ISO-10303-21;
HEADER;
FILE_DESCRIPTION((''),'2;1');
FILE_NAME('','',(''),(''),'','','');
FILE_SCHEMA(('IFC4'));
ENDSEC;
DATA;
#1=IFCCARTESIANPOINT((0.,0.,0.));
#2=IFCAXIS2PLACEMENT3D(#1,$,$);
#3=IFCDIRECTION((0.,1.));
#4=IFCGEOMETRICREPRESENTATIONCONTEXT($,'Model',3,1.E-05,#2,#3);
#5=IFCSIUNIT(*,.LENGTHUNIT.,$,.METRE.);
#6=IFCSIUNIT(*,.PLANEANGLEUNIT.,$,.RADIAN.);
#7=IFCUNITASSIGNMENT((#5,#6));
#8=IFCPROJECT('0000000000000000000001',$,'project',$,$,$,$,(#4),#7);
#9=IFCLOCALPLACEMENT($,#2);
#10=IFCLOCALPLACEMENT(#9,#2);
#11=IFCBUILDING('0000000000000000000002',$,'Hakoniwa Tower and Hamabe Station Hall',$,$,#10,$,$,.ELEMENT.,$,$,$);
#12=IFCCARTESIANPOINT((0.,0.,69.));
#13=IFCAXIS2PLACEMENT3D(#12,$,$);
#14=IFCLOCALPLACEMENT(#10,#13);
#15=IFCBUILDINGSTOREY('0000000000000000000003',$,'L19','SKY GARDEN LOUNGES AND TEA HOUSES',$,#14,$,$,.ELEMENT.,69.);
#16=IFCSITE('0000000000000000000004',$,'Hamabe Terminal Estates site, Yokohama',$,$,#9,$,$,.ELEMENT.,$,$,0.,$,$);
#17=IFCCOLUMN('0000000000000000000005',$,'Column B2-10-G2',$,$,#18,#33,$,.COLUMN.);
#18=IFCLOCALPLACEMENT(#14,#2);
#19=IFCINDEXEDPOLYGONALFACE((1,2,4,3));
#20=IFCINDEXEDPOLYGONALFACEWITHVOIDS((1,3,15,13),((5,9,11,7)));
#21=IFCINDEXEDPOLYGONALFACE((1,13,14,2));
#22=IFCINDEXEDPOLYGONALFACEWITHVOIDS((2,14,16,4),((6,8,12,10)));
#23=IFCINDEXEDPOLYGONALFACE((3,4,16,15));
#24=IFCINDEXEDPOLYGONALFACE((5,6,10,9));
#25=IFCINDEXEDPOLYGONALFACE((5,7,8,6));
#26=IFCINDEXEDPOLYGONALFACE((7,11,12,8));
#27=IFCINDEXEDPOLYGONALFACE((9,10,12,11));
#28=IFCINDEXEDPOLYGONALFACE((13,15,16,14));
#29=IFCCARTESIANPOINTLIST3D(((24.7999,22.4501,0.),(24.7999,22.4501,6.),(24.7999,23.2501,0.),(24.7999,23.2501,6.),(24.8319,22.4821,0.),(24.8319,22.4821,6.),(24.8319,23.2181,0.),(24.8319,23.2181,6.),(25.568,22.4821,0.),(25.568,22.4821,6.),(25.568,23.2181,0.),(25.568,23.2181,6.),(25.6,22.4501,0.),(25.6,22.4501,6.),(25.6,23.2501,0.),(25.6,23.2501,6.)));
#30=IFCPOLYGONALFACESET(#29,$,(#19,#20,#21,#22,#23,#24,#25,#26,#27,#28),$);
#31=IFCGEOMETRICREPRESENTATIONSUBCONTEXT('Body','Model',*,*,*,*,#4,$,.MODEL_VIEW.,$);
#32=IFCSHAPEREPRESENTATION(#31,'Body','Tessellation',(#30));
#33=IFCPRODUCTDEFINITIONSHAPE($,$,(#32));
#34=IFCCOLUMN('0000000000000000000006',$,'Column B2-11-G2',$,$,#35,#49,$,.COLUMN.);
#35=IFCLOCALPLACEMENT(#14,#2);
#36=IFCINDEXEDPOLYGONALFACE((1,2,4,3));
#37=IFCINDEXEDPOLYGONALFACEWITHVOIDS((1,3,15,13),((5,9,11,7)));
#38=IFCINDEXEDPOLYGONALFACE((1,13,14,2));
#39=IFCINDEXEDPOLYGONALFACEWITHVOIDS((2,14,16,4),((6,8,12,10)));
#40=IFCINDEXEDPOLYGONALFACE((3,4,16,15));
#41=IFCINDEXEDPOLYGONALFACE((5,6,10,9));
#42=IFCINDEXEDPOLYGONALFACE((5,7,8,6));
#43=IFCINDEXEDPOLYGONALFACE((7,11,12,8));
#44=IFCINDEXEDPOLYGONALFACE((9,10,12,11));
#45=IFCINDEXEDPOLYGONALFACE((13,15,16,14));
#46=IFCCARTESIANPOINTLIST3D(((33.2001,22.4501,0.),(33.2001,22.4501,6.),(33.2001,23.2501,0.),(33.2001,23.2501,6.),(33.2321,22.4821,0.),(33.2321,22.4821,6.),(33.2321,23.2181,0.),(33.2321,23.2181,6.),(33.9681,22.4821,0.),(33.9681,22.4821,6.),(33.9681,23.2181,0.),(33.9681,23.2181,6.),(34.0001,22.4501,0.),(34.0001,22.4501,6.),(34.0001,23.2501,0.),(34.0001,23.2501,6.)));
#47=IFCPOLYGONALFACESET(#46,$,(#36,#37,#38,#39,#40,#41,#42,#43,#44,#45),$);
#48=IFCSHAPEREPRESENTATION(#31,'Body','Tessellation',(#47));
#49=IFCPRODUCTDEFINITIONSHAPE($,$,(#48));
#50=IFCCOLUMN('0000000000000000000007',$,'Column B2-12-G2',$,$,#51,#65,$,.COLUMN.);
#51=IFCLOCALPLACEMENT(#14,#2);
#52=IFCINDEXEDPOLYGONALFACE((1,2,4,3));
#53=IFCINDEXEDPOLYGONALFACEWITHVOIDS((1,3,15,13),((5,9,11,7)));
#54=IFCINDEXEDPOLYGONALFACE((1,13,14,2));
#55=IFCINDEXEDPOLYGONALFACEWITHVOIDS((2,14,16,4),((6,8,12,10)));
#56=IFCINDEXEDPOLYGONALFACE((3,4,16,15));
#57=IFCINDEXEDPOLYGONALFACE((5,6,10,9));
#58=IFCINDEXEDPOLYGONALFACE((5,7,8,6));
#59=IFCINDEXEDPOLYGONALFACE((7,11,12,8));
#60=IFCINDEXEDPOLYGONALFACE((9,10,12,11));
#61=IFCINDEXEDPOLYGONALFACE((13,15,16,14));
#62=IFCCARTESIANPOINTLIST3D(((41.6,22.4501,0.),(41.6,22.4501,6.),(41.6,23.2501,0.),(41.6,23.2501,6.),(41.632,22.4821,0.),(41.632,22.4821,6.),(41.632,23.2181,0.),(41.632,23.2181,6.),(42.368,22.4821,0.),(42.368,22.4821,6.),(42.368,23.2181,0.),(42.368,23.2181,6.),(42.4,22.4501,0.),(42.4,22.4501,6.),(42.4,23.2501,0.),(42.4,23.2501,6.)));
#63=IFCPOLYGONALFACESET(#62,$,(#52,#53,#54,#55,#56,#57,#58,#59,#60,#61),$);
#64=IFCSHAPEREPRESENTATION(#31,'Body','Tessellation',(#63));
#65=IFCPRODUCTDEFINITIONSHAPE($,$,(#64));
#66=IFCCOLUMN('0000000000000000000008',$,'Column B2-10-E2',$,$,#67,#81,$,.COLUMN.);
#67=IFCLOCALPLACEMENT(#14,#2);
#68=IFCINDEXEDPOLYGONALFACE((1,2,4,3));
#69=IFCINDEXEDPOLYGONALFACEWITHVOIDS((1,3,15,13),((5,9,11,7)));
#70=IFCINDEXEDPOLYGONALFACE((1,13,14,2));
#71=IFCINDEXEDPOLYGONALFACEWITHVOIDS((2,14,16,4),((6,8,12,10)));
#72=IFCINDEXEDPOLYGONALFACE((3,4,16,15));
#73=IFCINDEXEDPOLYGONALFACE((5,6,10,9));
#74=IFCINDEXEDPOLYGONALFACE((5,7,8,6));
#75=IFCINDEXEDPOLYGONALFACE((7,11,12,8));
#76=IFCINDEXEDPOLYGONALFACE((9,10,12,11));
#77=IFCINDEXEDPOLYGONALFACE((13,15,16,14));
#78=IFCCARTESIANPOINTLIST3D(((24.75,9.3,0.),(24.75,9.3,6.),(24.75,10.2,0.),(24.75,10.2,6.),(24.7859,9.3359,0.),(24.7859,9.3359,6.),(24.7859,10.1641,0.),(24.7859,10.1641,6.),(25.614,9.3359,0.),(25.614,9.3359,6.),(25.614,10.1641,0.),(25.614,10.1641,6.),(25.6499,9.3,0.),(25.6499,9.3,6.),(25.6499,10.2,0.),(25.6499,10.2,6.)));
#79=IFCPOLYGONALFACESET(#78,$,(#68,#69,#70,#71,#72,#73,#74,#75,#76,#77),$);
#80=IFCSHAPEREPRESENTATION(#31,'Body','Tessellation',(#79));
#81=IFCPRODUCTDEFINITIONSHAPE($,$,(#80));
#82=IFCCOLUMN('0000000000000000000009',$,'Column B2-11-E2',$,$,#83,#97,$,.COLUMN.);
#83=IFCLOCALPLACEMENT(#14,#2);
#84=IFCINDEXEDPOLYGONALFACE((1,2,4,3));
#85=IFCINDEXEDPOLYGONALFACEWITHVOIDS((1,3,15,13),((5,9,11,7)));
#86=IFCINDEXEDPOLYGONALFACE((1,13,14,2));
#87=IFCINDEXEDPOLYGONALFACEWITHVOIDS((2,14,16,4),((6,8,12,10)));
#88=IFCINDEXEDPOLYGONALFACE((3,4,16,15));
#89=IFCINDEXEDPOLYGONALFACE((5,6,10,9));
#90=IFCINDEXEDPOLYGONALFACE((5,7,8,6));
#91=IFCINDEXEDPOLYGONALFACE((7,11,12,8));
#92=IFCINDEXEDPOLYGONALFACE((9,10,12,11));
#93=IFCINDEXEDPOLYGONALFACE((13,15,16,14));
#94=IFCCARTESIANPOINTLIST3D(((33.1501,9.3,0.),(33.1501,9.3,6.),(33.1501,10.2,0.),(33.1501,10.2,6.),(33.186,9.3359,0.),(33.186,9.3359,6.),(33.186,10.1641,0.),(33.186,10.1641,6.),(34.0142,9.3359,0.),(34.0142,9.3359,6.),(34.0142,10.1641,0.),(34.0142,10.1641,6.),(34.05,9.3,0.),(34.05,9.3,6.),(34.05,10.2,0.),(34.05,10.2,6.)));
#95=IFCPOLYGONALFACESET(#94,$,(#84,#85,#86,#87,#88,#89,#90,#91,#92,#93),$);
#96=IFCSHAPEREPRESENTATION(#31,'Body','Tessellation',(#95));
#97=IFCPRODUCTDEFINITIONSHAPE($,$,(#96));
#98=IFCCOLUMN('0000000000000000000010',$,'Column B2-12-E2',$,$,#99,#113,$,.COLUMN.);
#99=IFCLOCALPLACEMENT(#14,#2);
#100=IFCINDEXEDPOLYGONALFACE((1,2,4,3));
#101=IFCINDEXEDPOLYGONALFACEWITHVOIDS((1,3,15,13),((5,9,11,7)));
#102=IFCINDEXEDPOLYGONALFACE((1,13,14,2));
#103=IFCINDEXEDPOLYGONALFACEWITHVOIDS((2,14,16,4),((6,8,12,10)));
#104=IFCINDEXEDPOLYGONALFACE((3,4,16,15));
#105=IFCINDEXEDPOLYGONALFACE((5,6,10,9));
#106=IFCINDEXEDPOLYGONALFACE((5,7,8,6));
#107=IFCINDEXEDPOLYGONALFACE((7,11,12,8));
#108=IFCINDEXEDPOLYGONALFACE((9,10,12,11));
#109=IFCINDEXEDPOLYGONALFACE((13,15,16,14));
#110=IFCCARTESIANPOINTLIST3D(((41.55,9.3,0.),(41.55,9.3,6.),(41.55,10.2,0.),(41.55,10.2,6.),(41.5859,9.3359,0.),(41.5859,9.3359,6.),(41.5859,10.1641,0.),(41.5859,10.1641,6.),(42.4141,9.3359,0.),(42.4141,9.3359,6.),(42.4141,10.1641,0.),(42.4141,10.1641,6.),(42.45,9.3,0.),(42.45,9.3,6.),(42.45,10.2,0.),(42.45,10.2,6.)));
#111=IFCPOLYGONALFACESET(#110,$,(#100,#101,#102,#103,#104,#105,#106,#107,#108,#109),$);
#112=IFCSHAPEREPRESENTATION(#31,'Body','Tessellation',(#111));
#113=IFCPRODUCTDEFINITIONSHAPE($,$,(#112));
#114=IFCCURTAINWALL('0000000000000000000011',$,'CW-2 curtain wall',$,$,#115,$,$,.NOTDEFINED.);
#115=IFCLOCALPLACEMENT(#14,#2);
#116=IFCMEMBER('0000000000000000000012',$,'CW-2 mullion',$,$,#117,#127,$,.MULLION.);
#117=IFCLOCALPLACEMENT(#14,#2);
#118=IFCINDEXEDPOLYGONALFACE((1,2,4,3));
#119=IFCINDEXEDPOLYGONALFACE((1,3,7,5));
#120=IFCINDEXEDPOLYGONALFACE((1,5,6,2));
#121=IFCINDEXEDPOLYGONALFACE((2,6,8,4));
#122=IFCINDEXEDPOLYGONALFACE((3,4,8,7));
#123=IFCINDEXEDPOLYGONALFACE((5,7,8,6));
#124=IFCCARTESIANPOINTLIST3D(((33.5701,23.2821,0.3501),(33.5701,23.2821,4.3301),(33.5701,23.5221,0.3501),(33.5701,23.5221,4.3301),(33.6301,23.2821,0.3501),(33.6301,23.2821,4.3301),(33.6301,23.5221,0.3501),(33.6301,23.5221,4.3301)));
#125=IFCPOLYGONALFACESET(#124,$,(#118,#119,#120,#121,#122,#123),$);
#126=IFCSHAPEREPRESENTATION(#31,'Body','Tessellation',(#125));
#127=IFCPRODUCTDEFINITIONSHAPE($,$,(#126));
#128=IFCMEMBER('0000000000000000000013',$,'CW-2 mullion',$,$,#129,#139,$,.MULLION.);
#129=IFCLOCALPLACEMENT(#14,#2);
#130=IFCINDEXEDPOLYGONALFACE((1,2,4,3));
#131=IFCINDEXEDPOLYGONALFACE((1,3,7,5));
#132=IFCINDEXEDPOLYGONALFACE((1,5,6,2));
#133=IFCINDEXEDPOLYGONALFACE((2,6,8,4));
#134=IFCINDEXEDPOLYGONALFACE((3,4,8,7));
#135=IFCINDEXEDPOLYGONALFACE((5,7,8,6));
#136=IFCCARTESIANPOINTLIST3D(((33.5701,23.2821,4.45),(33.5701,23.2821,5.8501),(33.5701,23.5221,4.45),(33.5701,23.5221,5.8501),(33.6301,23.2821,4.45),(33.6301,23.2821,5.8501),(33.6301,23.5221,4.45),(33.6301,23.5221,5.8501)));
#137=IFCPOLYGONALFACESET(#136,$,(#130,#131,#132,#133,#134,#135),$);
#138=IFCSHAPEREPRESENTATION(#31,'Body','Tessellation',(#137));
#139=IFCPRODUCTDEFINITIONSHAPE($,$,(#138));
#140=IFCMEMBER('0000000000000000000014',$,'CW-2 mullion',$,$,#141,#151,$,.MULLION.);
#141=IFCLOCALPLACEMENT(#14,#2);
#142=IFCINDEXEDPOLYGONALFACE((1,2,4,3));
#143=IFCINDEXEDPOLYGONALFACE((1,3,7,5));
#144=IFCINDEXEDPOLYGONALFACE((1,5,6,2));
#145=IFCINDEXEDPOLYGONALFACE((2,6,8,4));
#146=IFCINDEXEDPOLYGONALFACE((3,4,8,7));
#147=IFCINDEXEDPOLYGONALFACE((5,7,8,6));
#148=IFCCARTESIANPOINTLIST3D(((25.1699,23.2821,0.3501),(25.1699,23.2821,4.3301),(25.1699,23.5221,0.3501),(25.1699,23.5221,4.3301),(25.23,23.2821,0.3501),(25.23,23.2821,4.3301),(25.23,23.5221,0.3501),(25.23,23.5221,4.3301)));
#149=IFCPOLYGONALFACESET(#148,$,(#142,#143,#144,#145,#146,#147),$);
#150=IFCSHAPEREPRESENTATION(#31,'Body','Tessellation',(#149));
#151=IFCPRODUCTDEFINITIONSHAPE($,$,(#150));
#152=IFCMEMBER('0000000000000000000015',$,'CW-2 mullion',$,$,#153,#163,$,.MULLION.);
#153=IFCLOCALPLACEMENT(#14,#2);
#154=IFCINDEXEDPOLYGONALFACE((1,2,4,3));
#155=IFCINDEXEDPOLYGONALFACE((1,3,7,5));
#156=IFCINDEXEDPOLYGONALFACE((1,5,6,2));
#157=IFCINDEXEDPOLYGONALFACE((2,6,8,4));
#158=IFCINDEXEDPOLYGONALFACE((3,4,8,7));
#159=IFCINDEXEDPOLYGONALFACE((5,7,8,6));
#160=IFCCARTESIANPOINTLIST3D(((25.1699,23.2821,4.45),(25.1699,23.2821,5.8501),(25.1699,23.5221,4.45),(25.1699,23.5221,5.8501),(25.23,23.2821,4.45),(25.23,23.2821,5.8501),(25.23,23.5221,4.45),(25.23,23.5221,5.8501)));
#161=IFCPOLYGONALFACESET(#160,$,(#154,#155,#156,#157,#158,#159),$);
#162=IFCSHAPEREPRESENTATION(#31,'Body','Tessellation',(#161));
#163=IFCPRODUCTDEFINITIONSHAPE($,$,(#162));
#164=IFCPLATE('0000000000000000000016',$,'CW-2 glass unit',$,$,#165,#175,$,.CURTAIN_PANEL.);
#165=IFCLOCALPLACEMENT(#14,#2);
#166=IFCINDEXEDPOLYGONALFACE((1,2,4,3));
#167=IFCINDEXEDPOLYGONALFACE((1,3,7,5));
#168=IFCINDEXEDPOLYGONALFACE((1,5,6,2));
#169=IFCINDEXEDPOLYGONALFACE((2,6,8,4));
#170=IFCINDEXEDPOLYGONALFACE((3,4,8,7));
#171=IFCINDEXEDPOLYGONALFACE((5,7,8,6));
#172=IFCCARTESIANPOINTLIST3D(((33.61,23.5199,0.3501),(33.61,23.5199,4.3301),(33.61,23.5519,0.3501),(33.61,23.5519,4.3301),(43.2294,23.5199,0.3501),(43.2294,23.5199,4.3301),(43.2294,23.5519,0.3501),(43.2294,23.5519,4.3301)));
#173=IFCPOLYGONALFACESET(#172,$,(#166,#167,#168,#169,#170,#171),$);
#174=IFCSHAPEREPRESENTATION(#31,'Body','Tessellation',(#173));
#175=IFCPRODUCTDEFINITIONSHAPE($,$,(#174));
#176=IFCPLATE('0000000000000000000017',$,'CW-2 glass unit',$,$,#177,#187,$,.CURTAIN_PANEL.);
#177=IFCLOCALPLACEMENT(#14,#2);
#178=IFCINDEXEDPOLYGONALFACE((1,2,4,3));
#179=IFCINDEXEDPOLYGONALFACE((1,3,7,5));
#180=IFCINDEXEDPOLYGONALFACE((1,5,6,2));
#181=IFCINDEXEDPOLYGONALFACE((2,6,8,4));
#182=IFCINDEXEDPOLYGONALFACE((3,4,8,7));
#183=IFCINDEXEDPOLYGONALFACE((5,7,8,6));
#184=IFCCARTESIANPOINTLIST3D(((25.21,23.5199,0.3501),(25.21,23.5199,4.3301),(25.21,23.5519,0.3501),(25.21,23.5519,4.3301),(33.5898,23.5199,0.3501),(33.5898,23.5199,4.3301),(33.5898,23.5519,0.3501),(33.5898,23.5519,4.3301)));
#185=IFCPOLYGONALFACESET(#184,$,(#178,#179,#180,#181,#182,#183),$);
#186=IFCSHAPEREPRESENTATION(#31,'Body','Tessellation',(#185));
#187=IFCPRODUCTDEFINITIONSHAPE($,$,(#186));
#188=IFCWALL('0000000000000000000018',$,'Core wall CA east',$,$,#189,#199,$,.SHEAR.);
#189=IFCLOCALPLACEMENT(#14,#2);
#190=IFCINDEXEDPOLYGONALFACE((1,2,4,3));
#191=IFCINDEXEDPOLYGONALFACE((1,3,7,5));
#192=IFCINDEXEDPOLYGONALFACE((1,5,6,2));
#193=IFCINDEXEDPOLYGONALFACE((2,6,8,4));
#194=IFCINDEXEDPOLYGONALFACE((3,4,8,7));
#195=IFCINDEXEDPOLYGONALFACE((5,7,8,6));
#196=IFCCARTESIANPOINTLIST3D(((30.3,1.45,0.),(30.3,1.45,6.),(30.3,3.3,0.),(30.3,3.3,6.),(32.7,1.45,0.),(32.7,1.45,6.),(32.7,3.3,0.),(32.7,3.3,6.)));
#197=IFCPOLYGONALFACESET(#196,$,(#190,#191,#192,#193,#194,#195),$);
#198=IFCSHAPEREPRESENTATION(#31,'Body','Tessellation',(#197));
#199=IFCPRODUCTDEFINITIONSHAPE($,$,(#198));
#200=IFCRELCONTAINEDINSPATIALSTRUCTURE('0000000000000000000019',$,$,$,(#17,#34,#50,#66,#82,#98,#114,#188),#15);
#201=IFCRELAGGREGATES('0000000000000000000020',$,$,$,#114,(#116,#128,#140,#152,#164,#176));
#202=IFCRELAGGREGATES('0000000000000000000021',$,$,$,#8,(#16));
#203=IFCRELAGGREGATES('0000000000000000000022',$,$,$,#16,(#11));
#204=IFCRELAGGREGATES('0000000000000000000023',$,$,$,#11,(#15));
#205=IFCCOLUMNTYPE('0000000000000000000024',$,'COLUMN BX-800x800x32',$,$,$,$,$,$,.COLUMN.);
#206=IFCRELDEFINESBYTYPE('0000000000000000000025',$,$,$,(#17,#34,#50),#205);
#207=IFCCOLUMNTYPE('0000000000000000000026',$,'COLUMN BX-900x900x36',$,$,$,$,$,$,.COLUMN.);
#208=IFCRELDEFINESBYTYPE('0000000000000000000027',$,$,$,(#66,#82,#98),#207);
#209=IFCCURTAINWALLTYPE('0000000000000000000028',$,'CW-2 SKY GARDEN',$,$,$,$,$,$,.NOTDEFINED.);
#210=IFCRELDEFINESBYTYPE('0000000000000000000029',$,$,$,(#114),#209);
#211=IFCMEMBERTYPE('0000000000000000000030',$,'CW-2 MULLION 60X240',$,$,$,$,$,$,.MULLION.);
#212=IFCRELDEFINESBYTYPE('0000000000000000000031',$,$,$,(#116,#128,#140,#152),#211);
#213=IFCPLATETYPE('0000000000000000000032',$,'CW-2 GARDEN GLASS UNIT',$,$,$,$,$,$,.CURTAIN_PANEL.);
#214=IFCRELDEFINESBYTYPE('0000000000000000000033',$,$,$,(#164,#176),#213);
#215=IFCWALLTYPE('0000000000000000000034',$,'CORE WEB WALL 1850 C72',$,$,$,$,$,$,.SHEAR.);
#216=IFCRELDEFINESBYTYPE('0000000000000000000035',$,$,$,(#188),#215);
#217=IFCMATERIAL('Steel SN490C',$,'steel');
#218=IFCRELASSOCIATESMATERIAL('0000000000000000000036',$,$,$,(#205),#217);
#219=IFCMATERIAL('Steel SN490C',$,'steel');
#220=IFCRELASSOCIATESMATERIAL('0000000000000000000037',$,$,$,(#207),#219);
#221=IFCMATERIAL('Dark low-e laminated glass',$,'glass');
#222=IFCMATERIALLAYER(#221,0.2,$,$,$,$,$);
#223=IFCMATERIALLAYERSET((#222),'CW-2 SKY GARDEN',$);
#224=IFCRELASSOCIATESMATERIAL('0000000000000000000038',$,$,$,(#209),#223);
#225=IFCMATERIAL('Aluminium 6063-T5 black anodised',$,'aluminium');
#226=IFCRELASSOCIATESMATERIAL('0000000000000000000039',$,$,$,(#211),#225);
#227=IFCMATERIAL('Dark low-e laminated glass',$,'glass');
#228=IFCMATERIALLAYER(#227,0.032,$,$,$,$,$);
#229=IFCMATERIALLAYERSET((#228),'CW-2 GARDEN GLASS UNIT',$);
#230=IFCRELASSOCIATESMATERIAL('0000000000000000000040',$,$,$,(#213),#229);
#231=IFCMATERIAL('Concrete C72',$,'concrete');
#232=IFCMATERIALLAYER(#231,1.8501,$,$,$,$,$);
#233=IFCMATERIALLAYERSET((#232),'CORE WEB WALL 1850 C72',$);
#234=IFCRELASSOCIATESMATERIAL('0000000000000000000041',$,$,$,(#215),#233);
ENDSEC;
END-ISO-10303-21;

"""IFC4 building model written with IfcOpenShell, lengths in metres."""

from ifc_helpers import new_model, si_unit, direction, frame, frame_2d, origin, origin_2d, place, context, subcontext, project, spatial, rectangle, hollow_rectangle, extrude, material, layer, layer_set, material_profile, profile_set, type_object, element, aggregate, save


model = new_model("IFC4")

# Units and contexts
model_context = context("Model", 3, precision=1e-05, world=origin(), true_north=direction((0.0, 1.0)))
body_context = subcontext(model_context, "Body", "Model", "MODEL_VIEW")
ifc_project = project(units=[si_unit("LENGTHUNIT", "METRE"), si_unit("PLANEANGLEUNIT", "RADIAN")], contexts=[model_context])

# Site, building, storey
site_placement = place(None, origin())
site = spatial("IfcSite", under=ifc_project, at=site_placement, Name="Hamabe Terminal Estates site, Yokohama", CompositionType="ELEMENT", RefElevation=0.0)
building_placement = place(site_placement, origin())
building = spatial("IfcBuilding", under=site, at=building_placement, Name="Hakoniwa Tower and Hamabe Station Hall", CompositionType="ELEMENT")
storey_placement = place(building_placement, frame((0.0, 0.0, 69.0)))
storey = spatial("IfcBuildingStorey", under=building, at=storey_placement, Name="L19", Description="SKY GARDEN LOUNGES AND TEA HOUSES", CompositionType="ELEMENT", Elevation=69.0)

# Columns
ifc_material_1 = material(Name="Steel SN490C", Category="steel")
ifc_material_profile_1 = material_profile(ifc_material_1, hollow_rectangle(XDim=0.8, YDim=0.8, WallThickness=0.032, at=origin_2d()), Name="BX-800x800x32")
ifc_profile_set_1 = profile_set([ifc_material_profile_1], Name="Steel SN490C")
column_type_1 = type_object("IfcColumnType", Name="COLUMN BX-800x800x32", PredefinedType="COLUMN", material=ifc_profile_set_1)
for number, where, z_axis, x_axis, name in (
    (1, (25.2, 22.8501, 0.0), (0.0, 0.0, 1.0), (1.0, 0.0, 0.0), "Column B2-10-G2"),
    (2, (33.6001, 22.8501, 0.0), (0.0, 0.0, 1.0), (1.0, 0.0, 0.0), "Column B2-11-G2"),
    (3, (42.0, 22.8501, 0.0), (0.0, 0.0, 1.0), (1.0, 0.0, 0.0), "Column B2-12-G2"),
):
    element("IfcColumn", number, at=place(storey_placement, frame(where, z_axis=z_axis, x_axis=x_axis)), inside=storey, type_object=column_type_1, Name=name, PredefinedType="COLUMN", context=body_context, shape_type="SweptSolid", body=[
        extrude(hollow_rectangle(XDim=0.8, YDim=0.8, WallThickness=0.032, at=origin_2d()), origin(), (0.0, 0.0, 1.0), 6.0),
    ])
ifc_material_2 = material(Name="Steel SN490C", Category="steel")
ifc_material_profile_2 = material_profile(ifc_material_2, hollow_rectangle(XDim=0.8999, YDim=0.8999, WallThickness=0.0359, at=origin_2d()), Name="BX-900x900x36")
ifc_profile_set_2 = profile_set([ifc_material_profile_2], Name="Steel SN490C")
column_type_2 = type_object("IfcColumnType", Name="COLUMN BX-900x900x36", PredefinedType="COLUMN", material=ifc_profile_set_2)
for number, where, z_axis, x_axis, name in (
    (4, (25.2, 9.75, 0.0), (0.0, 0.0, 1.0), (1.0, 0.0, 0.0), "Column B2-10-E2"),
    (5, (33.6001, 9.75, 0.0), (0.0, 0.0, 1.0), (1.0, 0.0, 0.0), "Column B2-11-E2"),
    (6, (42.0, 9.75, 0.0), (0.0, 0.0, 1.0), (1.0, 0.0, 0.0), "Column B2-12-E2"),
):
    element("IfcColumn", number, at=place(storey_placement, frame(where, z_axis=z_axis, x_axis=x_axis)), inside=storey, type_object=column_type_2, Name=name, PredefinedType="COLUMN", context=body_context, shape_type="SweptSolid", body=[
        extrude(hollow_rectangle(XDim=0.8999, YDim=0.8999, WallThickness=0.0359, at=origin_2d()), origin(), (0.0, 0.0, 1.0), 6.0),
    ])

# Curtain wall, members, plates
ifc_material_3 = material(Name="Dark low-e laminated glass", Category="glass")
ifc_layer_1 = layer(ifc_material_3, 0.2)
ifc_layer_set_1 = layer_set([ifc_layer_1], Name="CW-2 SKY GARDEN")
curtain_wall_type = type_object("IfcCurtainWallType", Name="CW-2 SKY GARDEN", PredefinedType="NOTDEFINED", material=ifc_layer_set_1)
curtain_wall_placement = place(storey_placement, origin())
curtain_wall = element("IfcCurtainWall", 7, at=curtain_wall_placement, inside=storey, type_object=curtain_wall_type, Name="CW-2 curtain wall", PredefinedType="NOTDEFINED")
ifc_material_4 = material(Name="Aluminium 6063-T5 black anodised", Category="aluminium")
ifc_material_profile_3 = material_profile(ifc_material_4, rectangle(XDim=0.0601, YDim=0.24, at=origin_2d()), Name="CW-2 MULLION 60X240")
ifc_profile_set_3 = profile_set([ifc_material_profile_3], Name="Aluminium 6063-T5 black anodised")
member_type = type_object("IfcMemberType", Name="CW-2 MULLION 60X240", PredefinedType="MULLION", material=ifc_profile_set_3)
member_1_placement = place(storey_placement, frame((33.6001, 23.4021, 0.3501), z_axis=(0.0, 0.0, 1.0), x_axis=(-1.0, 0.0, 0.0)))
member_1 = element("IfcMember", 8, at=member_1_placement, type_object=member_type, Name="CW-2 mullion", PredefinedType="MULLION", context=body_context, shape_type="SweptSolid", body=[
    extrude(rectangle(XDim=0.0601, YDim=0.24, at=origin_2d()), origin(), (0.0, 0.0, 1.0), 3.98),
])
member_2_placement = place(storey_placement, frame((33.6001, 23.4021, 4.45), z_axis=(0.0, 0.0, 1.0), x_axis=(-1.0, 0.0, 0.0)))
member_2 = element("IfcMember", 9, at=member_2_placement, type_object=member_type, Name="CW-2 mullion", PredefinedType="MULLION", context=body_context, shape_type="SweptSolid", body=[
    extrude(rectangle(XDim=0.0601, YDim=0.24, at=origin_2d()), origin(), (0.0, 0.0, 1.0), 1.4001),
])
member_3_placement = place(storey_placement, frame((25.2, 23.4021, 0.3501), z_axis=(0.0, 0.0, 1.0), x_axis=(-1.0, 0.0, 0.0)))
member_3 = element("IfcMember", 10, at=member_3_placement, type_object=member_type, Name="CW-2 mullion", PredefinedType="MULLION", context=body_context, shape_type="SweptSolid", body=[
    extrude(rectangle(XDim=0.0601, YDim=0.24, at=origin_2d()), origin(), (0.0, 0.0, 1.0), 3.98),
])
member_4_placement = place(storey_placement, frame((25.2, 23.4021, 4.45), z_axis=(0.0, 0.0, 1.0), x_axis=(-1.0, 0.0, 0.0)))
member_4 = element("IfcMember", 11, at=member_4_placement, type_object=member_type, Name="CW-2 mullion", PredefinedType="MULLION", context=body_context, shape_type="SweptSolid", body=[
    extrude(rectangle(XDim=0.0601, YDim=0.24, at=origin_2d()), origin(), (0.0, 0.0, 1.0), 1.4001),
])
ifc_material_5 = material(Name="Dark low-e laminated glass", Category="glass")
ifc_layer_2 = layer(ifc_material_5, 0.032)
ifc_layer_set_2 = layer_set([ifc_layer_2], Name="CW-2 GARDEN GLASS UNIT")
plate_type = type_object("IfcPlateType", Name="CW-2 GARDEN GLASS UNIT", PredefinedType="CURTAIN_PANEL", material=ifc_layer_set_2)
plate_1_placement = place(storey_placement, frame((38.4197, 23.5359, 0.3501), z_axis=(0.0, 0.0, 1.0), x_axis=(-1.0, 0.0, 0.0)))
plate_1 = element("IfcPlate", 12, at=plate_1_placement, type_object=plate_type, Name="CW-2 glass unit", PredefinedType="CURTAIN_PANEL", context=body_context, shape_type="SweptSolid", body=[
    extrude(rectangle(XDim=9.6194, YDim=0.032, at=origin_2d()), origin(), (0.0, 0.0, 1.0), 3.98),
])
plate_2_placement = place(storey_placement, frame((29.3999, 23.5359, 0.3501), z_axis=(0.0, 0.0, 1.0), x_axis=(-1.0, 0.0, 0.0)))
plate_2 = element("IfcPlate", 13, at=plate_2_placement, type_object=plate_type, Name="CW-2 glass unit", PredefinedType="CURTAIN_PANEL", context=body_context, shape_type="SweptSolid", body=[
    extrude(rectangle(XDim=8.3799, YDim=0.032, at=origin_2d()), origin(), (0.0, 0.0, 1.0), 3.98),
])

# Wall
ifc_material_6 = material(Name="Concrete C72", Category="concrete")
ifc_layer_3 = layer(ifc_material_6, 1.8501)
ifc_layer_set_3 = layer_set([ifc_layer_3], Name="CORE WEB WALL 1850 C72")
wall_type_1 = type_object("IfcWallType", Name="CORE WEB WALL 1850 C72", PredefinedType="SHEAR", material=ifc_layer_set_3)
wall_1_placement = place(storey_placement, frame((30.3, 2.375, 0.0), z_axis=(0.0, 0.0, 1.0), x_axis=(1.0, 0.0, 0.0)))
element("IfcWall", 14, at=wall_1_placement, inside=storey, type_object=wall_type_1, Name="Core wall CA east", PredefinedType="SHEAR", context=body_context, shape_type="SweptSolid", body=[
    extrude(rectangle(XDim=2.3999, YDim=1.8501, at=frame_2d((1.2, 0.0))), origin(), (0.0, 0.0, 1.0), 6.0),
])

aggregate(curtain_wall, [member_1, member_2, member_3, member_4, plate_1, plate_2])

save(model, "model.ifc")
